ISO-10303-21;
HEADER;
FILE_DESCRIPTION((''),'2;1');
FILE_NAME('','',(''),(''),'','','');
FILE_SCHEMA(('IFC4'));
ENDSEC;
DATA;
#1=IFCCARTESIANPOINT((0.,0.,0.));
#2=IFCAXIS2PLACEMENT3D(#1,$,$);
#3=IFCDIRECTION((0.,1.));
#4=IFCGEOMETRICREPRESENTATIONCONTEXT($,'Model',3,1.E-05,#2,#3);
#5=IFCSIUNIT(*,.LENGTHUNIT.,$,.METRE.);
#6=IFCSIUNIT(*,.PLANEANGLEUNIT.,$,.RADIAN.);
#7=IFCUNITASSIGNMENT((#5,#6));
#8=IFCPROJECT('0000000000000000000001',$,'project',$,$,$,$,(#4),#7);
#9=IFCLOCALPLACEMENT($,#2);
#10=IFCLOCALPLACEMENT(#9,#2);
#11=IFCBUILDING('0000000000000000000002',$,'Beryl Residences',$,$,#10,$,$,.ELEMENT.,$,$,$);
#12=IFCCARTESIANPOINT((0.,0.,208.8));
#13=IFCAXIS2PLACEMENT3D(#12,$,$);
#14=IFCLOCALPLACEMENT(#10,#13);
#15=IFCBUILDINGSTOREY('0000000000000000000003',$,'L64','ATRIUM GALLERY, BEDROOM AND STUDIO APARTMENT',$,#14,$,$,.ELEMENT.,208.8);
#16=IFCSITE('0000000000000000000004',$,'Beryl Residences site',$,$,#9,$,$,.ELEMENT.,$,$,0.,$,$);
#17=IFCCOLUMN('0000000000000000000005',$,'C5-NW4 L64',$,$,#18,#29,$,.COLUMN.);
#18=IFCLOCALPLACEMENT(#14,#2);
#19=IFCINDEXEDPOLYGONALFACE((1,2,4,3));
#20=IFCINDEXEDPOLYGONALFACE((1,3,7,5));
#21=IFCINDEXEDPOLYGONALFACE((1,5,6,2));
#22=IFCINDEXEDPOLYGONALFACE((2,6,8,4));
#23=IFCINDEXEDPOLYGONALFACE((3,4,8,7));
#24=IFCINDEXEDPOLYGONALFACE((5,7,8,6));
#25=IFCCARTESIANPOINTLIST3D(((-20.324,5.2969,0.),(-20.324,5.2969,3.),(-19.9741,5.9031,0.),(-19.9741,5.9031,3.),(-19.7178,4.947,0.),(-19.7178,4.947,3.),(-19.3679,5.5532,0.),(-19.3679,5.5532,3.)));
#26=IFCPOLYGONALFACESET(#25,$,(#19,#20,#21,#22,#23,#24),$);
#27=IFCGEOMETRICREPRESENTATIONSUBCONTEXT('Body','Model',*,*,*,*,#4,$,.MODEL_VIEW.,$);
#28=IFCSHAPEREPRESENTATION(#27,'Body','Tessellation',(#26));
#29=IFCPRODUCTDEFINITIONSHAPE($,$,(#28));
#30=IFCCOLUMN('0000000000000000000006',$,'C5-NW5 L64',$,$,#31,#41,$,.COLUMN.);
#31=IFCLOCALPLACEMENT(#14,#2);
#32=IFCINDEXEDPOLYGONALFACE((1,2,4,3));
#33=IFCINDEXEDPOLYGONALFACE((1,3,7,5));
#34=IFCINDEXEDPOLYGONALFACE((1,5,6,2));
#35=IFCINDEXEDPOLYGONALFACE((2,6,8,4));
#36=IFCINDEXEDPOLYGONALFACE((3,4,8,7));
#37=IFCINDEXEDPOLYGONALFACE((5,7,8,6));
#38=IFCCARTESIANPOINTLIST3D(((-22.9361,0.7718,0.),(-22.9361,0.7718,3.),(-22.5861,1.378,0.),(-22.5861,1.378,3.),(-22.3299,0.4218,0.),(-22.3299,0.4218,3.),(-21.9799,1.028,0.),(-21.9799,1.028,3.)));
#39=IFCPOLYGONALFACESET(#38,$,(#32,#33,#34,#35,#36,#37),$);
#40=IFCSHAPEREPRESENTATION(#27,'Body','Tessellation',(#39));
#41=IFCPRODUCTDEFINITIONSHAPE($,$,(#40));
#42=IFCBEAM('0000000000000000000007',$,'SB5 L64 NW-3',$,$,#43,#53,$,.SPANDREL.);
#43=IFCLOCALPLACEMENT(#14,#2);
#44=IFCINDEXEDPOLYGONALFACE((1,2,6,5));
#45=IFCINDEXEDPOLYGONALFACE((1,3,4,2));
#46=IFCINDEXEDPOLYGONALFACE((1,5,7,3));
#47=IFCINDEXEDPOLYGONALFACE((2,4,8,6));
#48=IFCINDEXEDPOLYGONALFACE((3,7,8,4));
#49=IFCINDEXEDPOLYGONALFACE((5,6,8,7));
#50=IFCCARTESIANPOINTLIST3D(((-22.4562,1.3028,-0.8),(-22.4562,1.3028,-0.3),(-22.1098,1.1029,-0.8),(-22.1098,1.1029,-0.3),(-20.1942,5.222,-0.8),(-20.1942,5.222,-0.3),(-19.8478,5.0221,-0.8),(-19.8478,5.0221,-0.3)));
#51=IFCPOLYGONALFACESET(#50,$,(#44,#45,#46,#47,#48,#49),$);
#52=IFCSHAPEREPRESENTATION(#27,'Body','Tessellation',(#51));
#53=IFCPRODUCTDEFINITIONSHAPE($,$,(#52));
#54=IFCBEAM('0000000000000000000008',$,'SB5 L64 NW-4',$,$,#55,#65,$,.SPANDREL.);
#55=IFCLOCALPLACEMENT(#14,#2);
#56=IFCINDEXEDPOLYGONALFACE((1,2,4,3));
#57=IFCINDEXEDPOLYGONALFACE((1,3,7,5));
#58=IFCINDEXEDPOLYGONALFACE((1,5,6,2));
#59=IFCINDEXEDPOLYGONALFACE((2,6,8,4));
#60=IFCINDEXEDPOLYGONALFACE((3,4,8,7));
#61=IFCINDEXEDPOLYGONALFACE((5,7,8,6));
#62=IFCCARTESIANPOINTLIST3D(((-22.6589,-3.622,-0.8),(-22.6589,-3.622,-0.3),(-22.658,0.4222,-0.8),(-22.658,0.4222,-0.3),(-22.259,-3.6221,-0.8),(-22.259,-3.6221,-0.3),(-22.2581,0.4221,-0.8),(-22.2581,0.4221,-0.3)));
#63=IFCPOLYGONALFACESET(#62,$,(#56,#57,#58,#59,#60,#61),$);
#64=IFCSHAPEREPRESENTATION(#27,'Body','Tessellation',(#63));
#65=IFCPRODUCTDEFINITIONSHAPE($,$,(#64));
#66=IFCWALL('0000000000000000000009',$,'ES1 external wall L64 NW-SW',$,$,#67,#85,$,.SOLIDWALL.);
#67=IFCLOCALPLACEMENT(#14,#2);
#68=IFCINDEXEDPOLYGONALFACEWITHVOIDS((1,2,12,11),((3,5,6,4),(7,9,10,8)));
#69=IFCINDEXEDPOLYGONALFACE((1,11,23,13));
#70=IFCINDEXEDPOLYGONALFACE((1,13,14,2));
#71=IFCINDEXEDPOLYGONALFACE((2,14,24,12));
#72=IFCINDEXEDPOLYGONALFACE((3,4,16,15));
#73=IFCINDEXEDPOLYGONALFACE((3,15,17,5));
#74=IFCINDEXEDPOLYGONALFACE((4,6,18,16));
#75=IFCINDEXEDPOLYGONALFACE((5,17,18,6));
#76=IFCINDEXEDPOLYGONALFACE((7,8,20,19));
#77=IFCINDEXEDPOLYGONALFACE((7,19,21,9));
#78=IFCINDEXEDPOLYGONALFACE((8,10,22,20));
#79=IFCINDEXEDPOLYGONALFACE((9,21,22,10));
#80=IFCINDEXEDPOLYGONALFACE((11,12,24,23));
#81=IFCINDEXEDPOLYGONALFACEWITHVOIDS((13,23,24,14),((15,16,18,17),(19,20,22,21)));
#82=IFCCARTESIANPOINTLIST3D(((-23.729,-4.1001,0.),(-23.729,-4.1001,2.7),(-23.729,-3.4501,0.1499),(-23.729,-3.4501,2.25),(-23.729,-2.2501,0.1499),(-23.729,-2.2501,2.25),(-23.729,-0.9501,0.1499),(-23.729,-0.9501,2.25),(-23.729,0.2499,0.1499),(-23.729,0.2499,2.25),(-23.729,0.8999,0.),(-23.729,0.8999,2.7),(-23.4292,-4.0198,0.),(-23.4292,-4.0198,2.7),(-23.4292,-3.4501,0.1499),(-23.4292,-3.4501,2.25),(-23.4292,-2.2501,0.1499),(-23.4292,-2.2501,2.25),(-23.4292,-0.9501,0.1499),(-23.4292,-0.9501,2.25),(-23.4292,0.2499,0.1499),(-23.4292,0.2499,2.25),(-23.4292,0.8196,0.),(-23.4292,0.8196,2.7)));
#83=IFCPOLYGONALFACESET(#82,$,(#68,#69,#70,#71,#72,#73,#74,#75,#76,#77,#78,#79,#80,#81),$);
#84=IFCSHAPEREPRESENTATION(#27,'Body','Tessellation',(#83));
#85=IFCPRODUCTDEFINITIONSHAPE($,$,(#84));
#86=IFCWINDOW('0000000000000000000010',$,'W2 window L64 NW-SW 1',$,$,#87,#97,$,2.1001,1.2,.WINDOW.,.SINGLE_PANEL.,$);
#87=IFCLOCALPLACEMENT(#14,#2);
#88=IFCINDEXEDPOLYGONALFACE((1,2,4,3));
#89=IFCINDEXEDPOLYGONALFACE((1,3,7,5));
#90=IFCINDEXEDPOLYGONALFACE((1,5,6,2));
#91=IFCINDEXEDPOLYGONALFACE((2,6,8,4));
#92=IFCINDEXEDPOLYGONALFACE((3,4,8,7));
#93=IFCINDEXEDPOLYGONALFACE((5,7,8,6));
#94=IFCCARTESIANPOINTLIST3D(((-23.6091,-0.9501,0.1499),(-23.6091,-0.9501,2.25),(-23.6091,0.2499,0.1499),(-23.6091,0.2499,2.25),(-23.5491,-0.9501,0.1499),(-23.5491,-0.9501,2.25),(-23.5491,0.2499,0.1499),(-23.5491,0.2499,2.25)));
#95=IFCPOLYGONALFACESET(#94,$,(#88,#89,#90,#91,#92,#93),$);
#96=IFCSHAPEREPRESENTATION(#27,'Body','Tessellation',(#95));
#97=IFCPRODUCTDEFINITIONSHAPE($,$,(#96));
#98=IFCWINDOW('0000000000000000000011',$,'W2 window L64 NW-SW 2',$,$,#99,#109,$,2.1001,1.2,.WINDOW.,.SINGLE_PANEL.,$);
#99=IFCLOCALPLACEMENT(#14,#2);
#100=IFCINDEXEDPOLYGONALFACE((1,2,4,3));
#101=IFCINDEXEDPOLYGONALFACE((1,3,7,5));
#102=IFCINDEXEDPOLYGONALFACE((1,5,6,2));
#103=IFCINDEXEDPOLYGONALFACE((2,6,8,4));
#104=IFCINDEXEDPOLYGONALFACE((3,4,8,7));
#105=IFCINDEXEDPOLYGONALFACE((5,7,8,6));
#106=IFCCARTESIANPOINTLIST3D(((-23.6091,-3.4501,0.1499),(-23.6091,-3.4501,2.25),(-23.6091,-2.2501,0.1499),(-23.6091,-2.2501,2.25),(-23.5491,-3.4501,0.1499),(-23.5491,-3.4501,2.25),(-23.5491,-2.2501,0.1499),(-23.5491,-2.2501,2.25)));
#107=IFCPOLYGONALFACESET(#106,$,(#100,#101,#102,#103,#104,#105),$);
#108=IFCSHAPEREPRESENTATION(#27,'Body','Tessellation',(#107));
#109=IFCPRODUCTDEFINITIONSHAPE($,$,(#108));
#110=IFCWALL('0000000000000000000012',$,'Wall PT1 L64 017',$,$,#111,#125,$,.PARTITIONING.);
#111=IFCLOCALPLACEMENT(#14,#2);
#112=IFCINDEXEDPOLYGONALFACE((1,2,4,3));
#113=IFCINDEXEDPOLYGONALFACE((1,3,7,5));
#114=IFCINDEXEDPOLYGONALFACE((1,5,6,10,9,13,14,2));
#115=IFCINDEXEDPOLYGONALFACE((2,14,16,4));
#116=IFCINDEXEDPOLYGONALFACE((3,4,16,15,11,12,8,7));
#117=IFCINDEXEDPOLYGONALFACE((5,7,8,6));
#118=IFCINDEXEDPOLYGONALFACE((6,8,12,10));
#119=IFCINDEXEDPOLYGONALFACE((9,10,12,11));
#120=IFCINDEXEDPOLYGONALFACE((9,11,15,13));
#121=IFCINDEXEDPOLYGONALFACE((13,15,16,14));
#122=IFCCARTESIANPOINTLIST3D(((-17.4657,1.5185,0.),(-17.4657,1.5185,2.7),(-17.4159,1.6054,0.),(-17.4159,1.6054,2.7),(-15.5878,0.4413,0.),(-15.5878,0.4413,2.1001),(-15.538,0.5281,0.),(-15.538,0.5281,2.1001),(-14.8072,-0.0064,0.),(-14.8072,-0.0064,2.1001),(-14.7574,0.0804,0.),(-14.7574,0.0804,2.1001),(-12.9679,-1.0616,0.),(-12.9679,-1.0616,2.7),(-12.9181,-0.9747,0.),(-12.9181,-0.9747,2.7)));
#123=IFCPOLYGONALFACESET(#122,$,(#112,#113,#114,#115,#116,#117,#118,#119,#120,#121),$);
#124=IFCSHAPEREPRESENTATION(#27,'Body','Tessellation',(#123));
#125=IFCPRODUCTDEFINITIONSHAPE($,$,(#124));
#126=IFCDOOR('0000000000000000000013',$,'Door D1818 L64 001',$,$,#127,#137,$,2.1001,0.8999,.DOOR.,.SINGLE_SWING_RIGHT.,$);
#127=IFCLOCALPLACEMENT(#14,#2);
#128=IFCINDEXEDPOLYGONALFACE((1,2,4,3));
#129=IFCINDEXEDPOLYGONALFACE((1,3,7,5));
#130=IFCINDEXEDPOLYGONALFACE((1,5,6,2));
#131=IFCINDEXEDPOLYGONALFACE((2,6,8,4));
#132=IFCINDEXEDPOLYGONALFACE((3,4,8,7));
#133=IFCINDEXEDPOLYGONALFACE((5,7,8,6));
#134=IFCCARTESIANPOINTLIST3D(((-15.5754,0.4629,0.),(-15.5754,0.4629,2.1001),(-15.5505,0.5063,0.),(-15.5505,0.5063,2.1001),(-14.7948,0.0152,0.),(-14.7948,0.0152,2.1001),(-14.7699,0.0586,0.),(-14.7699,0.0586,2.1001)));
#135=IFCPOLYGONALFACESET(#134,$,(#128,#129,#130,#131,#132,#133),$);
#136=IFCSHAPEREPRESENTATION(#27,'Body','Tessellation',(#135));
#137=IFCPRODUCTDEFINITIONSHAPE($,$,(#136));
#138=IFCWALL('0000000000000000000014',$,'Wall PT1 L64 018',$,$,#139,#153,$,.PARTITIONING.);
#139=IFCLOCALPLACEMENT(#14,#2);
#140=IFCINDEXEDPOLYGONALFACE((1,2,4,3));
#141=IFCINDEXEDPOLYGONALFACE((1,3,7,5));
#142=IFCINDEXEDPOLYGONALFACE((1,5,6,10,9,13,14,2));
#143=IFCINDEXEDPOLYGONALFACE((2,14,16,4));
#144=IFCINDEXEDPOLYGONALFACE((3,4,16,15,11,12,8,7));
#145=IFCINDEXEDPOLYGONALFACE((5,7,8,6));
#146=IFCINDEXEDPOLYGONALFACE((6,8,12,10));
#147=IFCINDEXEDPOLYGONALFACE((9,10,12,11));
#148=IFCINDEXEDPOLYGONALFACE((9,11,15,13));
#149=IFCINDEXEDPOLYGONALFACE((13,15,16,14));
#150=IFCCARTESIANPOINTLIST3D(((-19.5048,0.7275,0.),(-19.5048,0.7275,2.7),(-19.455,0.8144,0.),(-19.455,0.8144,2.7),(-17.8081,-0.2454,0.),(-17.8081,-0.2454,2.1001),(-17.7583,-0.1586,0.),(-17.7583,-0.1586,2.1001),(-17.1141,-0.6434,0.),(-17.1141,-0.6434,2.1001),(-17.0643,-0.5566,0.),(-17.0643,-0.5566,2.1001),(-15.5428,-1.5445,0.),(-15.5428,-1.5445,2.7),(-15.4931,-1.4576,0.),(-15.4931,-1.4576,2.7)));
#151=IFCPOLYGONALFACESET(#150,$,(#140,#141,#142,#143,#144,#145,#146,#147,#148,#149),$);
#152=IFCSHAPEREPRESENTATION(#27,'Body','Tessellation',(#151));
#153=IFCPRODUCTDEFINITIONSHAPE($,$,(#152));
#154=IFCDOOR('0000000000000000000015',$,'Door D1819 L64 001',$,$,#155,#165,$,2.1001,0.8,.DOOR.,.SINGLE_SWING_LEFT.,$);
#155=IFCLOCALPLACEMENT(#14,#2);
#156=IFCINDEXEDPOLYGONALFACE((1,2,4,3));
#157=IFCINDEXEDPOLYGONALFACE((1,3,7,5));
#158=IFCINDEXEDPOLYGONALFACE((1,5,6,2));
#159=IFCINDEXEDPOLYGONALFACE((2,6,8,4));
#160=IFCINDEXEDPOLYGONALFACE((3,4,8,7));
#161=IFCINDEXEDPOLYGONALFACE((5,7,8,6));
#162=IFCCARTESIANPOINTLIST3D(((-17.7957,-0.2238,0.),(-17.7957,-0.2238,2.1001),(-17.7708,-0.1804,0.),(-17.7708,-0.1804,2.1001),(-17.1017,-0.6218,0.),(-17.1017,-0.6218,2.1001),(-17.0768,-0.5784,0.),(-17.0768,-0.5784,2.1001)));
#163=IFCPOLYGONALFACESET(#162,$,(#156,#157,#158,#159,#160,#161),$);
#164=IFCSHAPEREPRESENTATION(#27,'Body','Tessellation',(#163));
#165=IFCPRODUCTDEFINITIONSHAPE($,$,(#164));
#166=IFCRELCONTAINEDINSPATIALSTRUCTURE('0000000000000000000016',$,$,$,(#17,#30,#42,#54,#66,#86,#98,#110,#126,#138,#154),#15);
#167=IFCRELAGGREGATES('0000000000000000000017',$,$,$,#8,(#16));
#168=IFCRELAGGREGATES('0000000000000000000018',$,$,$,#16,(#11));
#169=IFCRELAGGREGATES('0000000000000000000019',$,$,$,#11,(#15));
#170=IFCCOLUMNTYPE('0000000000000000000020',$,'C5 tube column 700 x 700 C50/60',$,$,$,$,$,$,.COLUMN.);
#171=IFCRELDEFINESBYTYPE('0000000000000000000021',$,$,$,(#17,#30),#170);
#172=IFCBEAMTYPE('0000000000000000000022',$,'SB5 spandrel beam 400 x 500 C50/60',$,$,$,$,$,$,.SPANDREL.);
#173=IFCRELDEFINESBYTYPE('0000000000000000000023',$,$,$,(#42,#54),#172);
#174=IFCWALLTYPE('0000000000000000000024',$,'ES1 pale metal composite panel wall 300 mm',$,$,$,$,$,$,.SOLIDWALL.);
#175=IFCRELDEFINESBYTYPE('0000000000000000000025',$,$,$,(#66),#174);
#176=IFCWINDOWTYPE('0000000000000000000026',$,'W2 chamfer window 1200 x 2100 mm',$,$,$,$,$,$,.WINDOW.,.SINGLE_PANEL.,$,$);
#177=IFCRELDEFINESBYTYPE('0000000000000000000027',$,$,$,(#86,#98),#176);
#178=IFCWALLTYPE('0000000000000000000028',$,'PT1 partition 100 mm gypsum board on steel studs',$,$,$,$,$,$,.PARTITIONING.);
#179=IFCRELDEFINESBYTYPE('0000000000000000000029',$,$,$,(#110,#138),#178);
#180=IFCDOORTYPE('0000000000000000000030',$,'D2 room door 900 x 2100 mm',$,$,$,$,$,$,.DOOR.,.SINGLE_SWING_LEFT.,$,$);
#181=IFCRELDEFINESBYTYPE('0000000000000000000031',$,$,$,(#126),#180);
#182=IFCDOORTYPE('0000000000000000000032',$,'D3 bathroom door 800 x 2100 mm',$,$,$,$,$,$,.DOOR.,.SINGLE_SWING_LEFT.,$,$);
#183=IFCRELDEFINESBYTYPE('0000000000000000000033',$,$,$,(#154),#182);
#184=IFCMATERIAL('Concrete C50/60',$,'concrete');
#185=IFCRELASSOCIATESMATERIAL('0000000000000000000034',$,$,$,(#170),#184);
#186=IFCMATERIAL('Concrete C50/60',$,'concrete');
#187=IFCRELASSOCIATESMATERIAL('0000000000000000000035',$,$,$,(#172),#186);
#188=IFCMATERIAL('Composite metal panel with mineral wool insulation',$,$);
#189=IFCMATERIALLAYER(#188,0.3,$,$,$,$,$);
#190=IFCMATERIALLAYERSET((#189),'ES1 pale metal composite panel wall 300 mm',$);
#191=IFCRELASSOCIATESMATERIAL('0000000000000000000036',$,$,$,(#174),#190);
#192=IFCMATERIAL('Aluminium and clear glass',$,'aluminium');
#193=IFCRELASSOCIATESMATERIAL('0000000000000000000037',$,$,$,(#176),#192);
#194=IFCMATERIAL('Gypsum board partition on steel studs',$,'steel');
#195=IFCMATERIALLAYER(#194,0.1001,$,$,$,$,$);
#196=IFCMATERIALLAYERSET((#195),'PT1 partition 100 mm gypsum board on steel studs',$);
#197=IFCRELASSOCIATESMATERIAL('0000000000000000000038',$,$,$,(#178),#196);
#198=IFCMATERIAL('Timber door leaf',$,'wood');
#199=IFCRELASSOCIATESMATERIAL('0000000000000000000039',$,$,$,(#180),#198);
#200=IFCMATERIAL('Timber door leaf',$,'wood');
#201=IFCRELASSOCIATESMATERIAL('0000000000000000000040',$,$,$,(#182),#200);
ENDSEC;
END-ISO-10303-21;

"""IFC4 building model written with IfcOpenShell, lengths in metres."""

from ifc_helpers import new_model, si_unit, direction, frame, frame_2d, origin, origin_2d, place, context, subcontext, project, spatial, polyline, rectangle, outline, extrude, material, layer, layer_set, material_profile, profile_set, type_object, element, fill, save


model = new_model("IFC4")

# Units and contexts
model_context = context("Model", 3, precision=1e-05, world=origin(), true_north=direction((0.0, 1.0)))
body_context = subcontext(model_context, "Body", "Model", "MODEL_VIEW")
ifc_project = project(units=[si_unit("LENGTHUNIT", "METRE"), si_unit("PLANEANGLEUNIT", "RADIAN")], contexts=[model_context])

# Site, building, storey
site_placement = place(None, origin())
site = spatial("IfcSite", under=ifc_project, at=site_placement, Name="Beryl Residences site", CompositionType="ELEMENT", RefElevation=0.0)
building_placement = place(site_placement, origin())
building = spatial("IfcBuilding", under=site, at=building_placement, Name="Beryl Residences", CompositionType="ELEMENT")
storey_placement = place(building_placement, frame((0.0, 0.0, 208.8)))
storey = spatial("IfcBuildingStorey", under=building, at=storey_placement, Name="L64", Description="ATRIUM GALLERY, BEDROOM AND STUDIO APARTMENT", CompositionType="ELEMENT", Elevation=208.8)

# Columns
ifc_material_1 = material(Name="Concrete C50/60", Category="concrete")
ifc_material_profile_1 = material_profile(ifc_material_1, rectangle(XDim=0.7, YDim=0.7, at=origin_2d()))
ifc_profile_set_1 = profile_set([ifc_material_profile_1], Name="Concrete C50/60")
column_type = type_object("IfcColumnType", Name="C5 tube column 700 x 700 C50/60", PredefinedType="COLUMN", material=ifc_profile_set_1)
for number, where, z_axis, x_axis, name in (
    (1, (-19.8459, 5.425, 0.0), (0.0, 0.0, 1.0), (-0.49997, -0.866043, 0.0), "C5-NW4 L64"),
    (2, (-22.458, 0.8999, 0.0), (0.0, 0.0, 1.0), (-0.49997, -0.866043, 0.0), "C5-NW5 L64"),
):
    element("IfcColumn", number, at=place(storey_placement, frame(where, z_axis=z_axis, x_axis=x_axis)), inside=storey, type_object=column_type, Name=name, PredefinedType="COLUMN", context=body_context, shape_type="SweptSolid", body=[
        extrude(rectangle(XDim=0.7, YDim=0.7, at=origin_2d()), origin(), (0.0, 0.0, 1.0), 3.0),
    ])

# Beams
ifc_material_2 = material(Name="Concrete C50/60", Category="concrete")
ifc_material_profile_2 = material_profile(ifc_material_2, rectangle(XDim=0.3999, YDim=0.5, at=origin_2d()))
ifc_profile_set_2 = profile_set([ifc_material_profile_2], Name="Concrete C50/60")
beam_type = type_object("IfcBeamType", Name="SB5 spandrel beam 400 x 500 C50/60", PredefinedType="SPANDREL", material=ifc_profile_set_2)
beam_1_placement = place(storey_placement, frame((-20.021, 5.1221, -0.55), z_axis=(-0.49987, -0.8661, 0.0), x_axis=(0.8661, -0.49987, 0.0)))
element("IfcBeam", 3, at=beam_1_placement, inside=storey, type_object=beam_type, Name="SB5 L64 NW-3", PredefinedType="SPANDREL", context=body_context, shape_type="SweptSolid", body=[
    extrude(rectangle(XDim=0.3999, YDim=0.5, at=origin_2d()), origin(), (0.0, 0.0, 1.0), 4.5251),
])
beam_2_placement = place(storey_placement, frame((-22.458, 0.4221, -0.55), z_axis=(-0.000241, -1.0, 0.0), x_axis=(1.0, -0.000241, 0.0)))
element("IfcBeam", 4, at=beam_2_placement, inside=storey, type_object=beam_type, Name="SB5 L64 NW-4", PredefinedType="SPANDREL", context=body_context, shape_type="SweptSolid", body=[
    extrude(rectangle(XDim=0.3999, YDim=0.5, at=origin_2d()), origin(), (0.0, 0.0, 1.0), 4.0442),
])

# Wall, openings, windows
ifc_material_3 = material(Name="Composite metal panel with mineral wool insulation")
ifc_layer_1 = layer(ifc_material_3, 0.3)
ifc_layer_set_1 = layer_set([ifc_layer_1], Name="ES1 pale metal composite panel wall 300 mm")
wall_type_1 = type_object("IfcWallType", Name="ES1 pale metal composite panel wall 300 mm", PredefinedType="SOLIDWALL", material=ifc_layer_set_1)
wall_1_placement = place(storey_placement, frame((-23.5791, 0.8999, 0.0), z_axis=(0.0, 0.0, 1.0), x_axis=(0.0, -1.0, 0.0)))
wall_1 = element("IfcWall", 5, at=wall_1_placement, inside=storey, type_object=wall_type_1, Name="ES1 external wall L64 NW-SW", PredefinedType="SOLIDWALL", context=body_context, shape_type="SweptSolid", body=[
    extrude(outline(polyline([(0.0, -0.1499), (5.0, -0.1499), (4.9197, 0.1499), (0.0803, 0.1499), (0.0, -0.1499)])), origin(), (0.0, 0.0, 1.0), 2.7),
])
opening_1_placement = place(wall_1_placement, frame((0.6499, 0.0, 0.1499)))
opening_1 = element("IfcOpeningElement", 6, at=opening_1_placement, cuts=wall_1, PredefinedType="OPENING", context=body_context, shape_type="SweptSolid", body=[
    extrude(rectangle(XDim=1.2, YDim=2.1001, at=frame_2d((0.6001, 1.05))), frame((0.0, 0.1599, 0.0), z_axis=(0.0, -1.0, 0.0), x_axis=(1.0, 0.0, 0.0)), (0.0, 0.0, 1.0), 0.3201),
])
opening_2_placement = place(wall_1_placement, frame((3.1499, 0.0, 0.1499)))
opening_2 = element("IfcOpeningElement", 7, at=opening_2_placement, cuts=wall_1, PredefinedType="OPENING", context=body_context, shape_type="SweptSolid", body=[
    extrude(rectangle(XDim=1.2, YDim=2.1001, at=frame_2d((0.6001, 1.05))), frame((0.0, 0.1599, 0.0), z_axis=(0.0, -1.0, 0.0), x_axis=(1.0, 0.0, 0.0)), (0.0, 0.0, 1.0), 0.3201),
])
ifc_material_4 = material(Name="Aluminium and clear glass", Category="aluminium")
window_type = type_object("IfcWindowType", Name="W2 chamfer window 1200 x 2100 mm", PartitioningType="SINGLE_PANEL", PredefinedType="WINDOW", material=ifc_material_4)
window_1_placement = place(opening_1_placement, origin())
window_1 = element("IfcWindow", 8, at=window_1_placement, inside=storey, type_object=window_type, Name="W2 window L64 NW-SW 1", OverallHeight=2.1001, OverallWidth=1.2, PartitioningType="SINGLE_PANEL", PredefinedType="WINDOW", context=body_context, shape_type="SweptSolid", body=[
    extrude(rectangle(XDim=1.2, YDim=2.1001, at=frame_2d((0.6001, 1.05))), frame((0.0, 0.03, 0.0), z_axis=(0.0, -1.0, 0.0), x_axis=(1.0, 0.0, 0.0)), (0.0, 0.0, 1.0), 0.0601),
])
fill(opening_1, window_1)
window_2_placement = place(opening_2_placement, origin())
window_2 = element("IfcWindow", 9, at=window_2_placement, inside=storey, type_object=window_type, Name="W2 window L64 NW-SW 2", OverallHeight=2.1001, OverallWidth=1.2, PartitioningType="SINGLE_PANEL", PredefinedType="WINDOW", context=body_context, shape_type="SweptSolid", body=[
    extrude(rectangle(XDim=1.2, YDim=2.1001, at=frame_2d((0.6001, 1.05))), frame((0.0, 0.03, 0.0), z_axis=(0.0, -1.0, 0.0), x_axis=(1.0, 0.0, 0.0)), (0.0, 0.0, 1.0), 0.0601),
])
fill(opening_2, window_2)

# Walls, openings, doors
ifc_material_5 = material(Name="Gypsum board partition on steel studs", Category="steel")
ifc_layer_2 = layer(ifc_material_5, 0.1001)
ifc_layer_set_2 = layer_set([ifc_layer_2], Name="PT1 partition 100 mm gypsum board on steel studs")
wall_type_2 = type_object("IfcWallType", Name="PT1 partition 100 mm gypsum board on steel studs", PredefinedType="PARTITIONING", material=ifc_layer_set_2)
wall_2_placement = place(storey_placement, frame((-17.4409, 1.562, 0.0), z_axis=(0.0, 0.0, 1.0), x_axis=(0.867419, -0.497578, 0.0)))
wall_2 = element("IfcWall", 10, at=wall_2_placement, inside=storey, type_object=wall_type_2, Name="Wall PT1 L64 017", PredefinedType="PARTITIONING", context=body_context, shape_type="SweptSolid", body=[
    extrude(rectangle(XDim=5.1853, YDim=0.1001, at=frame_2d((2.5928, 0.0))), origin(), (0.0, 0.0, 1.0), 2.7),
])
opening_3_placement = place(wall_2_placement, frame((2.165, 0.0, 0.0)))
opening_3 = element("IfcOpeningElement", 11, at=opening_3_placement, cuts=wall_2, PredefinedType="OPENING", context=body_context, shape_type="SweptSolid", body=[
    extrude(rectangle(XDim=0.8999, YDim=2.1001, at=frame_2d((0.45, 1.05))), frame((0.0, 0.0601, 0.0), z_axis=(0.0, -1.0, 0.0), x_axis=(1.0, 0.0, 0.0)), (0.0, 0.0, 1.0), 0.1201),
])
ifc_material_6 = material(Name="Timber door leaf", Category="wood")
door_type_1 = type_object("IfcDoorType", Name="D2 room door 900 x 2100 mm", OperationType="SINGLE_SWING_LEFT", PredefinedType="DOOR", material=ifc_material_6)
door_1_placement = place(opening_3_placement, origin())
door_1 = element("IfcDoor", 12, at=door_1_placement, inside=storey, type_object=door_type_1, Name="Door D1818 L64 001", OperationType="SINGLE_SWING_RIGHT", OverallHeight=2.1001, OverallWidth=0.8999, PredefinedType="DOOR", context=body_context, shape_type="SweptSolid", body=[
    extrude(rectangle(XDim=0.8999, YDim=2.1001, at=frame_2d((0.45, 1.05))), frame((0.0, 0.0249, 0.0), z_axis=(0.0, -1.0, 0.0), x_axis=(1.0, 0.0, 0.0)), (0.0, 0.0, 1.0), 0.05),
])
fill(opening_3, door_1)
wall_3_placement = place(storey_placement, frame((-19.48, 0.771, 0.0), z_axis=(0.0, 0.0, 1.0), x_axis=(0.867486, -0.497462, 0.0)))
wall_3 = element("IfcWall", 13, at=wall_3_placement, inside=storey, type_object=wall_type_2, Name="Wall PT1 L64 018", PredefinedType="PARTITIONING", context=body_context, shape_type="SweptSolid", body=[
    extrude(rectangle(XDim=4.5671, YDim=0.1001, at=frame_2d((2.2837, 0.0))), origin(), (0.0, 0.0, 1.0), 2.7),
])
opening_4_placement = place(wall_3_placement, frame((1.9561, 0.0, 0.0)))
opening_4 = element("IfcOpeningElement", 14, at=opening_4_placement, cuts=wall_3, PredefinedType="OPENING", context=body_context, shape_type="SweptSolid", body=[
    extrude(rectangle(XDim=0.8, YDim=2.1001, at=frame_2d((0.3999, 1.05))), frame((0.0, 0.0601, 0.0), z_axis=(0.0, -1.0, 0.0), x_axis=(1.0, 0.0, 0.0)), (0.0, 0.0, 1.0), 0.1201),
])
ifc_material_7 = material(Name="Timber door leaf", Category="wood")
door_type_2 = type_object("IfcDoorType", Name="D3 bathroom door 800 x 2100 mm", OperationType="SINGLE_SWING_LEFT", PredefinedType="DOOR", material=ifc_material_7)
door_2_placement = place(opening_4_placement, origin())
door_2 = element("IfcDoor", 15, at=door_2_placement, inside=storey, type_object=door_type_2, Name="Door D1819 L64 001", OperationType="SINGLE_SWING_LEFT", OverallHeight=2.1001, OverallWidth=0.8, PredefinedType="DOOR", context=body_context, shape_type="SweptSolid", body=[
    extrude(rectangle(XDim=0.8, YDim=2.1001, at=frame_2d((0.3999, 1.05))), frame((0.0, 0.0249, 0.0), z_axis=(0.0, -1.0, 0.0), x_axis=(1.0, 0.0, 0.0)), (0.0, 0.0, 1.0), 0.05),
])
fill(opening_4, door_2)

save(model, "model.ifc")
